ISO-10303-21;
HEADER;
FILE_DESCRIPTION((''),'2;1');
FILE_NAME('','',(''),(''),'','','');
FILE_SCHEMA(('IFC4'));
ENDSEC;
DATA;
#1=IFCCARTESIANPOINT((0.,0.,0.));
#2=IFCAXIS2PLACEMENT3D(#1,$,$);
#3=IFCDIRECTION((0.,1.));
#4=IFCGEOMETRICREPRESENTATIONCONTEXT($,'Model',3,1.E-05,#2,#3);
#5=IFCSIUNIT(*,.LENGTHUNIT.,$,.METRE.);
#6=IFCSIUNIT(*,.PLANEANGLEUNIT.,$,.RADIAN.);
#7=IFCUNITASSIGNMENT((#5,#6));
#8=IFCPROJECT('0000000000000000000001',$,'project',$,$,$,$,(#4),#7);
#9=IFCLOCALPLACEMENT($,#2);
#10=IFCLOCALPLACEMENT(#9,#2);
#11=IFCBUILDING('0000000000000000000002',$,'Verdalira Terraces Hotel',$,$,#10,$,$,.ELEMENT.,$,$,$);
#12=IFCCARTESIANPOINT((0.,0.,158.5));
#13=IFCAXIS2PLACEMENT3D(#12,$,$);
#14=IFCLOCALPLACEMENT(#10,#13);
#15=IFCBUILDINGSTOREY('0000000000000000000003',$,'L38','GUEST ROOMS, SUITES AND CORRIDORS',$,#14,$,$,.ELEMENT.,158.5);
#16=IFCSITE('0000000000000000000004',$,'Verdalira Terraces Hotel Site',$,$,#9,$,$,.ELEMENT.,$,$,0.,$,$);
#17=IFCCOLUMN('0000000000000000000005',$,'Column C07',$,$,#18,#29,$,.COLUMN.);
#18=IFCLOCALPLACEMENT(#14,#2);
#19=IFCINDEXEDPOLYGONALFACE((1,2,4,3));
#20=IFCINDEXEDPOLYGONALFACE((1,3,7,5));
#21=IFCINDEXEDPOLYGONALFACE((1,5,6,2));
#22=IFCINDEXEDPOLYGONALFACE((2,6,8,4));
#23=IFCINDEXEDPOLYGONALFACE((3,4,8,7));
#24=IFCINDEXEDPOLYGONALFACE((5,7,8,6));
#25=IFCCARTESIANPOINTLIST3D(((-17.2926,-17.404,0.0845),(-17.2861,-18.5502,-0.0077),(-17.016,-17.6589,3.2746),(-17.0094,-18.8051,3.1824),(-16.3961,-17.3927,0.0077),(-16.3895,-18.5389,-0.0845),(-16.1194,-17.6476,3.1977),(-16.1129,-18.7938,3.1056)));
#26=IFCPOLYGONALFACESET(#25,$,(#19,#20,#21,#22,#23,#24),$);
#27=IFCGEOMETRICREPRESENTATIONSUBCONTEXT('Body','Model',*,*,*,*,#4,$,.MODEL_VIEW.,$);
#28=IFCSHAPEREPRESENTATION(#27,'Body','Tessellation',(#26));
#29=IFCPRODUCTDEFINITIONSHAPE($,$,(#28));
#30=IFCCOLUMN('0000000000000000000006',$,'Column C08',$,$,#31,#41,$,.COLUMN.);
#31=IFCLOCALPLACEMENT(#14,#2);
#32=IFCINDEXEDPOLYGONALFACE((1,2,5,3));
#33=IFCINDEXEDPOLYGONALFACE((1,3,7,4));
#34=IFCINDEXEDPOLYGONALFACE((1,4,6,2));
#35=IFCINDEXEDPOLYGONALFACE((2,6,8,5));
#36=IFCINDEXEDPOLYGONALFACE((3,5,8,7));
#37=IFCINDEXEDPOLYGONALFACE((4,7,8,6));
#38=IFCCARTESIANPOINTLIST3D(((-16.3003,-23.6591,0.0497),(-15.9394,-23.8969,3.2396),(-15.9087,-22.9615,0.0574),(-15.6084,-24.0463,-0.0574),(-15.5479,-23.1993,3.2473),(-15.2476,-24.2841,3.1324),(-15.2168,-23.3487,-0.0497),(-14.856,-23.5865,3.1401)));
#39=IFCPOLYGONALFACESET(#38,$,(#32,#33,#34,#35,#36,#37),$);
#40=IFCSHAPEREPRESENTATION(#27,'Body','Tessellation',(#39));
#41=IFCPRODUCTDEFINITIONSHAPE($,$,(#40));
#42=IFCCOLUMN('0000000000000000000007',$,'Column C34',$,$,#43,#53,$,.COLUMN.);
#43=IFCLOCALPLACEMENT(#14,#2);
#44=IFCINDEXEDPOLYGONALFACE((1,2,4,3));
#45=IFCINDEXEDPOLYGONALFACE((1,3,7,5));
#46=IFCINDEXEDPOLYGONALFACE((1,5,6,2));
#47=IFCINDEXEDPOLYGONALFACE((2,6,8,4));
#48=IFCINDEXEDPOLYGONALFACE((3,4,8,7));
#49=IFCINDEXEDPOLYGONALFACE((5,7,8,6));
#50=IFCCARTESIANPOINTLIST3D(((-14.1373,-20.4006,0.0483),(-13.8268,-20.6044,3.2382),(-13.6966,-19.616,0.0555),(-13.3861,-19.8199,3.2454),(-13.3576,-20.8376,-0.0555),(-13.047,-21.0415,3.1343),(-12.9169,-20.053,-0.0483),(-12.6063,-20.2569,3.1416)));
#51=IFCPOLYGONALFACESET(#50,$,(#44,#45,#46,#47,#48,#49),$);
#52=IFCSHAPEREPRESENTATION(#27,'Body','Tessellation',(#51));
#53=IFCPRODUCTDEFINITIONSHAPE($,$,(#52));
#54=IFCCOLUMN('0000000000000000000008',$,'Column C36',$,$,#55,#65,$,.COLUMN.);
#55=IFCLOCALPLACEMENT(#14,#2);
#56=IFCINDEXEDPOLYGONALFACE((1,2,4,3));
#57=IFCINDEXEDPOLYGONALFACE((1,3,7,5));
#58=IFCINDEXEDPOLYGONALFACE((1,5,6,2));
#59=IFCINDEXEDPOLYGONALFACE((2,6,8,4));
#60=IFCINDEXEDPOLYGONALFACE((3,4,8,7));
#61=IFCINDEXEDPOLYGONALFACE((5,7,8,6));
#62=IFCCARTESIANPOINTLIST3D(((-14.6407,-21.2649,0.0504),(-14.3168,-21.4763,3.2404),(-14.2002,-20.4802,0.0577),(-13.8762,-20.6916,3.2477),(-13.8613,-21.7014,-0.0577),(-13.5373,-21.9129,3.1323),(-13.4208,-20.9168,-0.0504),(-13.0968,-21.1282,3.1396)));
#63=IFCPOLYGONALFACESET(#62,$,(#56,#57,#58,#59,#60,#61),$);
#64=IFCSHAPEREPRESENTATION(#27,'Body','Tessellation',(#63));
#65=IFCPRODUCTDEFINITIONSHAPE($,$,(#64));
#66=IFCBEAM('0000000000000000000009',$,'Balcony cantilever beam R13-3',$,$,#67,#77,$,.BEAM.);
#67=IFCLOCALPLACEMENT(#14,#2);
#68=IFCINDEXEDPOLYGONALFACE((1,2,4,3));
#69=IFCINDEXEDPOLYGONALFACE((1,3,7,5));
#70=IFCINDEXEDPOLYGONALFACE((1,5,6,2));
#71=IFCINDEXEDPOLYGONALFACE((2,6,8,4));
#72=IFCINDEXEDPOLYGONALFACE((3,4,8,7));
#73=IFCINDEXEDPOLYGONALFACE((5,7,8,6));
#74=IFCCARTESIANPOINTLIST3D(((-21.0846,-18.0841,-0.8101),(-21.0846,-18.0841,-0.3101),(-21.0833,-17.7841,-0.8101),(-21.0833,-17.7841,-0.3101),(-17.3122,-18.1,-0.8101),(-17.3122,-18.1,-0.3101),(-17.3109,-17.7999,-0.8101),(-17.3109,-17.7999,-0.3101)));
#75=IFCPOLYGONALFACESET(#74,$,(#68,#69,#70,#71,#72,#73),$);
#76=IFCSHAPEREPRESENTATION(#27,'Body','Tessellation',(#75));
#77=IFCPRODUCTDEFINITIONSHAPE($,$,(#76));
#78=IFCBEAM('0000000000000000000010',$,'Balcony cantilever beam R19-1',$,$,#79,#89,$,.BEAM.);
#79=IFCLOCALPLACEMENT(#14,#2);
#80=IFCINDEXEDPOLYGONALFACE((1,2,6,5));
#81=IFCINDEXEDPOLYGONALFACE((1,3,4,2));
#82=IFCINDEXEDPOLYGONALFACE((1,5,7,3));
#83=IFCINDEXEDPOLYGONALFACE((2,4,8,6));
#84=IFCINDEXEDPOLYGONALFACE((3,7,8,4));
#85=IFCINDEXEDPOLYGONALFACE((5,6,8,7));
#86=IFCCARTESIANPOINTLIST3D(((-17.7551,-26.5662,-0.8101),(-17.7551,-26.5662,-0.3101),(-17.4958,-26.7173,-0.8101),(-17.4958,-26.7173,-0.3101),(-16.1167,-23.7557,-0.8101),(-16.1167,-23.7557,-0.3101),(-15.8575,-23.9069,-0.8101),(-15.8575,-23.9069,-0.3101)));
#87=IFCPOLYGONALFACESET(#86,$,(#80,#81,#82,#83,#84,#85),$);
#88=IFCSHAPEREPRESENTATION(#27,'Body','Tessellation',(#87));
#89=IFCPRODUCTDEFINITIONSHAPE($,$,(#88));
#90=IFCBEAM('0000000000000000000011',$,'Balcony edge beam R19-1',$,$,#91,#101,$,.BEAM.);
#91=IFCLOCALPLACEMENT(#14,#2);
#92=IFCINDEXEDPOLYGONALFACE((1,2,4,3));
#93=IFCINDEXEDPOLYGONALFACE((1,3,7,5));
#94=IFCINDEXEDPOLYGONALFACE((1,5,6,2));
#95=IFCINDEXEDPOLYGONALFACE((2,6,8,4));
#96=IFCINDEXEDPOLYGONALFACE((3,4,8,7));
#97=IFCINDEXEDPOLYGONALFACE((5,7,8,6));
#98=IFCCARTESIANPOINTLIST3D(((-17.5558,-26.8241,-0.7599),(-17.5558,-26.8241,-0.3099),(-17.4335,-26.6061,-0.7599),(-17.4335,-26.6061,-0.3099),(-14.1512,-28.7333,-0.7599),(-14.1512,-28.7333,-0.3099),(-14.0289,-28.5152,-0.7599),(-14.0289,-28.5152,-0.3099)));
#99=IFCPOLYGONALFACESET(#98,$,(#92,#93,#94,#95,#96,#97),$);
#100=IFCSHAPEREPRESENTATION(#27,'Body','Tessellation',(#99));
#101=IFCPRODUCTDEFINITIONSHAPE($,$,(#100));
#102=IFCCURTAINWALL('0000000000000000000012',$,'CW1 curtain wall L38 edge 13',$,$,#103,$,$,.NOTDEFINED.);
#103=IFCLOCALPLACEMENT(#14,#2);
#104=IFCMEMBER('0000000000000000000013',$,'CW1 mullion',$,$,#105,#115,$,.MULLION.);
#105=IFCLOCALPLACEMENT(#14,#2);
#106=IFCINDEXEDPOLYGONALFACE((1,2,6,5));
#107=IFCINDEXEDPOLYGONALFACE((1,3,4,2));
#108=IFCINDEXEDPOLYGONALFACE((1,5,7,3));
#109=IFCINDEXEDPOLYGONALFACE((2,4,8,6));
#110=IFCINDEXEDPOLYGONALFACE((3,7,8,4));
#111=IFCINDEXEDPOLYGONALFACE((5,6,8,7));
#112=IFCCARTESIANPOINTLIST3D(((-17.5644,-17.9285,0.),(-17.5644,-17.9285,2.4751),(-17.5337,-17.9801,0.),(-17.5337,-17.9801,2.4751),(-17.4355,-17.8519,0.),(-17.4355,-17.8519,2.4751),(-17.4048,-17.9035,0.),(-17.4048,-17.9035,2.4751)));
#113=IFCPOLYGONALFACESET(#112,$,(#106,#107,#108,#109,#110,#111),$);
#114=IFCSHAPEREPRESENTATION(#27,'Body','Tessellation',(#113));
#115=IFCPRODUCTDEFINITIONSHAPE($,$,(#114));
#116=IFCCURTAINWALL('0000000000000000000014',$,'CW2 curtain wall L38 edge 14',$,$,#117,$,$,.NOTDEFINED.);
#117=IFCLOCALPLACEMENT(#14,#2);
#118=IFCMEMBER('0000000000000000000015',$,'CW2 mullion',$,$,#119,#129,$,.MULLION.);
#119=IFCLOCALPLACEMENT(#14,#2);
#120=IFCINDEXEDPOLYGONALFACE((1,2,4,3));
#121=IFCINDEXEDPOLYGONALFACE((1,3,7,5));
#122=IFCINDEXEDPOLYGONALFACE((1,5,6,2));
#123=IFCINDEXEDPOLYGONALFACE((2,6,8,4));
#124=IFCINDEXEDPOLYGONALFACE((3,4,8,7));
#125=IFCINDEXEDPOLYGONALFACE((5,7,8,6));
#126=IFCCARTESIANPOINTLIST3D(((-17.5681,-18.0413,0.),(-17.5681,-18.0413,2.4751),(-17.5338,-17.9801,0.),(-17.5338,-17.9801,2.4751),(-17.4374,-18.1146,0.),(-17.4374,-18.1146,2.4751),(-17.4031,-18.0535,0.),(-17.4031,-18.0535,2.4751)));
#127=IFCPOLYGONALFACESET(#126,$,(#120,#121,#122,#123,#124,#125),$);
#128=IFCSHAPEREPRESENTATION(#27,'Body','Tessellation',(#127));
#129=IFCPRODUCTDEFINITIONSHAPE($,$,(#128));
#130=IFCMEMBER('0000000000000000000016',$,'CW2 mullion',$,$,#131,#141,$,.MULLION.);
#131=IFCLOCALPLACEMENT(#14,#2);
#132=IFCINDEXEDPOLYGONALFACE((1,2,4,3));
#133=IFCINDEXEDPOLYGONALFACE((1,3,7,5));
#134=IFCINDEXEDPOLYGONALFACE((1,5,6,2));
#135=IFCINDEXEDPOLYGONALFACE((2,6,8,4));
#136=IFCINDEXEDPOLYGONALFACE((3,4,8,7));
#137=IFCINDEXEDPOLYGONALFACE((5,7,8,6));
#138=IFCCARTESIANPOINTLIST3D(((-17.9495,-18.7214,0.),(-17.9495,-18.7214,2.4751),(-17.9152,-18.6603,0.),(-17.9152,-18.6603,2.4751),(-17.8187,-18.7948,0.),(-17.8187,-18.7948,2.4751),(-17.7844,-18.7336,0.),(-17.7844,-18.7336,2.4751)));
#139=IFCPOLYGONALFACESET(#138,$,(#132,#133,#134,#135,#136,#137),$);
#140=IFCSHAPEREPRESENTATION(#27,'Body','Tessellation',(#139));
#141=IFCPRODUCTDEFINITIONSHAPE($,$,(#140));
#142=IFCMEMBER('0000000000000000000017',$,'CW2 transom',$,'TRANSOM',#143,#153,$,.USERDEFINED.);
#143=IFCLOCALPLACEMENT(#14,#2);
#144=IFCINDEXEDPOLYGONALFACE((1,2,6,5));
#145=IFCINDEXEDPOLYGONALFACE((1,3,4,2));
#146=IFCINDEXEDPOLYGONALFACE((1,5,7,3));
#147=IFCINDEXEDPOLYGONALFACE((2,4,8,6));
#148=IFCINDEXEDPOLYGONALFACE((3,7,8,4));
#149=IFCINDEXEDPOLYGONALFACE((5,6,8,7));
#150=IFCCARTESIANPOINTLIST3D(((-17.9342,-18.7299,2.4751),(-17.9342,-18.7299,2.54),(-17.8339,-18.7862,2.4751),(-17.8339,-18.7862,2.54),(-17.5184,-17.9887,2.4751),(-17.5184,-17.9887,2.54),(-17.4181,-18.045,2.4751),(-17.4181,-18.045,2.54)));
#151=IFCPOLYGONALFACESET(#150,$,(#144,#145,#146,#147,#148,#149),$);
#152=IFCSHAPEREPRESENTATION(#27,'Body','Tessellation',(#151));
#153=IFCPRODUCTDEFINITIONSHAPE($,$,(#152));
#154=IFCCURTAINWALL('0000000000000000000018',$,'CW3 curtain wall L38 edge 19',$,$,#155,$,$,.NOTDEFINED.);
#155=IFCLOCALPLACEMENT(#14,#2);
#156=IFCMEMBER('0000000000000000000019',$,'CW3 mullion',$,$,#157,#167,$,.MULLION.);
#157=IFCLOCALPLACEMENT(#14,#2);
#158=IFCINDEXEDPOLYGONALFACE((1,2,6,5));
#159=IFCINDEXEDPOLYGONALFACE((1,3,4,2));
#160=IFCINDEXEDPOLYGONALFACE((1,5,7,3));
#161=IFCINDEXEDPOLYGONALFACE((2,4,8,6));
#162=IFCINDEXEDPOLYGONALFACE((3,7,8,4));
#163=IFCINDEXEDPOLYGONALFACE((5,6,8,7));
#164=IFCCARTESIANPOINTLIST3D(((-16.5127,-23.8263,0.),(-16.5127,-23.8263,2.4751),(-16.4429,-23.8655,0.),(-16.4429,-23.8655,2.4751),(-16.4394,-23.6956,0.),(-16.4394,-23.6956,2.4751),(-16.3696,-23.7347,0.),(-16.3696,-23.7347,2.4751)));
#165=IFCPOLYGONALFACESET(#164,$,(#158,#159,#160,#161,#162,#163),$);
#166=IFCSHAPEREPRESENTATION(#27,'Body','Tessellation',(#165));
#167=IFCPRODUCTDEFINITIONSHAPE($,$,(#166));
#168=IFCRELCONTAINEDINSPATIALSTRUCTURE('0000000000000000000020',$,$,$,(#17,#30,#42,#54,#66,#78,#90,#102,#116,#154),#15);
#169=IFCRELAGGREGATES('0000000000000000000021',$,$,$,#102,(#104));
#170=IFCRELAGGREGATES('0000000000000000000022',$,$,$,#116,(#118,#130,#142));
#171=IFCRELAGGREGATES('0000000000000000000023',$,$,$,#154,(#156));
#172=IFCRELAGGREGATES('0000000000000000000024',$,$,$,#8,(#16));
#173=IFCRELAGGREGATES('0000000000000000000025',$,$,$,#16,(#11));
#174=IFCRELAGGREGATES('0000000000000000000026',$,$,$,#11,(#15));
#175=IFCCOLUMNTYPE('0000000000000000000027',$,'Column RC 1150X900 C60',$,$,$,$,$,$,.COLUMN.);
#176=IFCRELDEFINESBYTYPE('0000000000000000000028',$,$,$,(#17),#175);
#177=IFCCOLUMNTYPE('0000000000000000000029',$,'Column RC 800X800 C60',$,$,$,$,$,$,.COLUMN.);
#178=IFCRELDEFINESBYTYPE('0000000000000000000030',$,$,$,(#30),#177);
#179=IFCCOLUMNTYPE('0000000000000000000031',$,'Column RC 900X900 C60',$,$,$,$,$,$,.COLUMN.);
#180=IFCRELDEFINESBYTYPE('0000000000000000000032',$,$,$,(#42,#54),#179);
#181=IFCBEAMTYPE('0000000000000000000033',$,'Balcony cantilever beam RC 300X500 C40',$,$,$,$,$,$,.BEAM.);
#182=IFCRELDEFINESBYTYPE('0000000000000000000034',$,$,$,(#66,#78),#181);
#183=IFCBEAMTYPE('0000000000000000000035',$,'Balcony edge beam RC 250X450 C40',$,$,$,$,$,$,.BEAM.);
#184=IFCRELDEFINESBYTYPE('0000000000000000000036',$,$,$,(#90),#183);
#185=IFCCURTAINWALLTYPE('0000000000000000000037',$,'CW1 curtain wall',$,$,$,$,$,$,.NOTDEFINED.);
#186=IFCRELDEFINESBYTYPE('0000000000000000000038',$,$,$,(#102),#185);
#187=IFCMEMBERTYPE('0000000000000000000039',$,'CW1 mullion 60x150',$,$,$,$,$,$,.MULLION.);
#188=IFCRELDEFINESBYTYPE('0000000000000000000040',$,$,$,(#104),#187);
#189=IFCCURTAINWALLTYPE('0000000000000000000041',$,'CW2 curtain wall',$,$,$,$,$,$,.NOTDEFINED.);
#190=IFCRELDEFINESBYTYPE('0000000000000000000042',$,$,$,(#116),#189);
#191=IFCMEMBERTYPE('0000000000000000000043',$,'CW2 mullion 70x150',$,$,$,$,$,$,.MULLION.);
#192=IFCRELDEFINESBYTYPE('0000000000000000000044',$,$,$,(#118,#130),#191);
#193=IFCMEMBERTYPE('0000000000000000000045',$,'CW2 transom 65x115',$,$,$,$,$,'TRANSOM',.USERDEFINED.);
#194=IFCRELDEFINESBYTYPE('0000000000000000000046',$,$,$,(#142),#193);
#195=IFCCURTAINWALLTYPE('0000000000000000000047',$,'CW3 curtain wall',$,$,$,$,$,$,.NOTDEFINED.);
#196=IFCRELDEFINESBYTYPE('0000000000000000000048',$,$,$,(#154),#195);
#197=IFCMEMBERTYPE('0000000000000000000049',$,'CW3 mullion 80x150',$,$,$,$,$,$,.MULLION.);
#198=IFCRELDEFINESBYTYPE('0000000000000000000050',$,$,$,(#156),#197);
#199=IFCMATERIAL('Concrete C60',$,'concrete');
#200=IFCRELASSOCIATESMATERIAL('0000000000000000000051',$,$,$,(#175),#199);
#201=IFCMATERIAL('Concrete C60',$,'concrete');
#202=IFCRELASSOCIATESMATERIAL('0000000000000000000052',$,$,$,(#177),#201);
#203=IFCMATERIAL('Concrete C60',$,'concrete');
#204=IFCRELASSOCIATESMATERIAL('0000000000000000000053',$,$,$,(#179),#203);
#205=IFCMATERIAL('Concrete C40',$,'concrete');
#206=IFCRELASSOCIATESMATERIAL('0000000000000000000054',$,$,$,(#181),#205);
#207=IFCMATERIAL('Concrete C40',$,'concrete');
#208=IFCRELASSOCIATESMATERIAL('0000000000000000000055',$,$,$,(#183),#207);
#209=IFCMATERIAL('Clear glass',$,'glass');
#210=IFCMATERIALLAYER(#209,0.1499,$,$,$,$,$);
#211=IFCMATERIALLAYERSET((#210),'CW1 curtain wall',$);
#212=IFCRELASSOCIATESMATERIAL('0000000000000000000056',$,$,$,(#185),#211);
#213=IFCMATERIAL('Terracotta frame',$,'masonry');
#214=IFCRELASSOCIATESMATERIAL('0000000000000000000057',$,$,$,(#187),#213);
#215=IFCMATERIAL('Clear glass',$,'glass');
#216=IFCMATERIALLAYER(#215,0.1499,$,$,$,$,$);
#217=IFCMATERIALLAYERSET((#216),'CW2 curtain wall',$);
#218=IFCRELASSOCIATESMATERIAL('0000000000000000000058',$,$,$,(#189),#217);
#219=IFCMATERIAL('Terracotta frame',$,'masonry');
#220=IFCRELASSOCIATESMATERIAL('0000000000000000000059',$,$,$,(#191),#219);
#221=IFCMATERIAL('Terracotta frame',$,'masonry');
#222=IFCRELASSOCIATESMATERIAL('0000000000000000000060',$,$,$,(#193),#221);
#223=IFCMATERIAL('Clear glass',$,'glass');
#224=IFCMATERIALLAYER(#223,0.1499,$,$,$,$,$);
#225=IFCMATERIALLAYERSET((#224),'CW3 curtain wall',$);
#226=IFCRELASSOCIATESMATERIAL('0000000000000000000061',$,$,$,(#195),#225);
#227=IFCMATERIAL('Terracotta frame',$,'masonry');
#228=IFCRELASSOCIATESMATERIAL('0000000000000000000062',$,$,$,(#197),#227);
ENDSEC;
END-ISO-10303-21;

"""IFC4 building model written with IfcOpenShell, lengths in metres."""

from ifc_helpers import new_model, si_unit, direction, frame, origin, origin_2d, place, context, subcontext, project, spatial, rectangle, extrude, material, layer, layer_set, material_profile, profile_set, type_object, element, aggregate, save


model = new_model("IFC4")

# Units and contexts
model_context = context("Model", 3, precision=1e-05, world=origin(), true_north=direction((0.0, 1.0)))
body_context = subcontext(model_context, "Body", "Model", "MODEL_VIEW")
ifc_project = project(units=[si_unit("LENGTHUNIT", "METRE"), si_unit("PLANEANGLEUNIT", "RADIAN")], contexts=[model_context])

# Site, building, storey
site_placement = place(None, origin())
site = spatial("IfcSite", under=ifc_project, at=site_placement, Name="Verdalira Terraces Hotel Site", CompositionType="ELEMENT", RefElevation=0.0)
building_placement = place(site_placement, origin())
building = spatial("IfcBuilding", under=site, at=building_placement, Name="Verdalira Terraces Hotel", CompositionType="ELEMENT")
storey_placement = place(building_placement, frame((0.0, 0.0, 158.5)))
storey = spatial("IfcBuildingStorey", under=building, at=storey_placement, Name="L38", Description="GUEST ROOMS, SUITES AND CORRIDORS", CompositionType="ELEMENT", Elevation=158.5)

# Columns
ifc_material_1 = material(Name="Concrete C60", Category="concrete")
ifc_material_profile_1 = material_profile(ifc_material_1, rectangle(XDim=1.1499, YDim=0.8999, at=origin_2d()), Name="RC 1150X900")
ifc_profile_set_1 = profile_set([ifc_material_profile_1], Name="Concrete C60")
column_type_1 = type_object("IfcColumnType", Name="Column RC 1150X900 C60", PredefinedType="COLUMN", material=ifc_profile_set_1)
column_1_placement = place(storey_placement, frame((-16.8411, -17.9714, 0.0), z_axis=(0.086117, -0.079352, 0.99312), x_axis=(-0.005682, 0.996768, 0.080136)))
element("IfcColumn", 1, at=column_1_placement, inside=storey, type_object=column_type_1, Name="Column C07", PredefinedType="COLUMN", context=body_context, shape_type="SweptSolid", body=[
    extrude(rectangle(XDim=1.1499, YDim=0.8999, at=origin_2d()), origin(), (0.0, 0.0, 1.0), 3.2122),
])
ifc_material_2 = material(Name="Concrete C60", Category="concrete")
ifc_material_profile_2 = material_profile(ifc_material_2, rectangle(XDim=0.8, YDim=0.8, at=origin_2d()), Name="RC 800X800")
ifc_profile_set_2 = profile_set([ifc_material_profile_2], Name="Concrete C60")
column_type_2 = type_object("IfcColumnType", Name="Column RC 800X800 C60", PredefinedType="COLUMN", material=ifc_profile_set_2)
column_2_placement = place(storey_placement, frame((-15.7585, -23.5039, 0.0), z_axis=(0.112094, -0.07387, 0.990948), x_axis=(0.86481, -0.483916, -0.133899)))
element("IfcColumn", 2, at=column_2_placement, inside=storey, type_object=column_type_2, Name="Column C08", PredefinedType="COLUMN", context=body_context, shape_type="SweptSolid", body=[
    extrude(rectangle(XDim=0.8, YDim=0.8, at=origin_2d()), origin(), (0.0, 0.0, 1.0), 3.219),
])
ifc_material_3 = material(Name="Concrete C60", Category="concrete")
ifc_material_profile_3 = material_profile(ifc_material_3, rectangle(XDim=0.8999, YDim=0.8999, at=origin_2d()), Name="RC 900X900")
ifc_profile_set_3 = profile_set([ifc_material_profile_3], Name="Concrete C60")
column_type_3 = type_object("IfcColumnType", Name="Column RC 900X900 C60", PredefinedType="COLUMN", material=ifc_profile_set_3)
column_3_placement = place(storey_placement, frame((-13.5271, -20.2268, 0.0), z_axis=(0.096698, -0.063477, 0.993287), x_axis=(-0.489713, -0.871847, -0.008042)))
element("IfcColumn", 3, at=column_3_placement, inside=storey, type_object=column_type_3, Name="Column C34", PredefinedType="COLUMN", context=body_context, shape_type="SweptSolid", body=[
    extrude(rectangle(XDim=0.8999, YDim=0.8999, at=origin_2d()), origin(), (0.0, 0.0, 1.0), 3.2114),
])
column_4_placement = place(storey_placement, frame((-14.0308, -21.0908, 0.0), z_axis=(0.100823, -0.065797, 0.992726), x_axis=(-0.489523, -0.871953, -0.008076)))
element("IfcColumn", 4, at=column_4_placement, inside=storey, type_object=column_type_3, Name="Column C36", PredefinedType="COLUMN", context=body_context, shape_type="SweptSolid", body=[
    extrude(rectangle(XDim=0.8999, YDim=0.8999, at=origin_2d()), origin(), (0.0, 0.0, 1.0), 3.2134),
])

# Beams
ifc_material_4 = material(Name="Concrete C40", Category="concrete")
ifc_material_profile_4 = material_profile(ifc_material_4, rectangle(XDim=0.3, YDim=0.5, at=origin_2d()), Name="RC 300X500")
ifc_profile_set_4 = profile_set([ifc_material_profile_4], Name="Concrete C40")
beam_type_1 = type_object("IfcBeamType", Name="Balcony cantilever beam RC 300X500 C40", PredefinedType="BEAM", material=ifc_profile_set_4)
beam_1_placement = place(storey_placement, frame((-17.3115, -17.95, -0.5601), z_axis=(-0.999991, 0.004207, 0.0), x_axis=(-0.004207, -0.999991, 0.0)))
element("IfcBeam", 5, at=beam_1_placement, inside=storey, type_object=beam_type_1, Name="Balcony cantilever beam R13-3", PredefinedType="BEAM", context=body_context, shape_type="SweptSolid", body=[
    extrude(rectangle(XDim=0.3, YDim=0.5, at=origin_2d()), origin(), (0.0, 0.0, 1.0), 3.7725),
])
beam_2_placement = place(storey_placement, frame((-15.9871, -23.8313, -0.5601), z_axis=(-0.503628, -0.86392, 0.0), x_axis=(0.86392, -0.503628, 0.0)))
element("IfcBeam", 6, at=beam_2_placement, inside=storey, type_object=beam_type_1, Name="Balcony cantilever beam R19-1", PredefinedType="BEAM", context=body_context, shape_type="SweptSolid", body=[
    extrude(rectangle(XDim=0.3, YDim=0.5, at=origin_2d()), origin(), (0.0, 0.0, 1.0), 3.2532),
])
ifc_material_5 = material(Name="Concrete C40", Category="concrete")
ifc_material_profile_5 = material_profile(ifc_material_5, rectangle(XDim=0.25, YDim=0.45, at=origin_2d()), Name="RC 250X450")
ifc_profile_set_5 = profile_set([ifc_material_profile_5], Name="Concrete C40")
beam_type_2 = type_object("IfcBeamType", Name="Balcony edge beam RC 250X450 C40", PredefinedType="BEAM", material=ifc_profile_set_5)
beam_3_placement = place(storey_placement, frame((-17.4946, -26.7151, -0.5349), z_axis=(0.872218, -0.489118, 0.0), x_axis=(0.489118, 0.872218, 0.0)))
element("IfcBeam", 7, at=beam_3_placement, inside=storey, type_object=beam_type_2, Name="Balcony edge beam R19-1", PredefinedType="BEAM", context=body_context, shape_type="SweptSolid", body=[
    extrude(rectangle(XDim=0.25, YDim=0.45, at=origin_2d()), origin(), (0.0, 0.0, 1.0), 3.9033),
])

# Curtain wall, member
ifc_material_6 = material(Name="Clear glass", Category="glass")
ifc_layer_1 = layer(ifc_material_6, 0.1499)
ifc_layer_set_1 = layer_set([ifc_layer_1], Name="CW1 curtain wall")
curtain_wall_type_1 = type_object("IfcCurtainWallType", Name="CW1 curtain wall", PredefinedType="NOTDEFINED", material=ifc_layer_set_1)
curtain_wall_1_placement = place(storey_placement, origin())
curtain_wall_1 = element("IfcCurtainWall", 8, at=curtain_wall_1_placement, inside=storey, type_object=curtain_wall_type_1, Name="CW1 curtain wall L38 edge 13", PredefinedType="NOTDEFINED")
ifc_material_7 = material(Name="Terracotta frame", Category="masonry")
ifc_material_profile_6 = material_profile(ifc_material_7, rectangle(XDim=0.0601, YDim=0.1499, at=origin_2d()), Name="MU 60x150")
ifc_profile_set_6 = profile_set([ifc_material_profile_6], Name="Terracotta frame")
member_type_1 = type_object("IfcMemberType", Name="CW1 mullion 60x150", PredefinedType="MULLION", material=ifc_profile_set_6)
member_1_placement = place(storey_placement, frame((-17.4846, -17.916, 0.0), z_axis=(0.0, 0.0, 1.0), x_axis=(0.510843, -0.859674, 0.0)))
member_1 = element("IfcMember", 9, at=member_1_placement, type_object=member_type_1, Name="CW1 mullion", PredefinedType="MULLION", context=body_context, shape_type="SweptSolid", body=[
    extrude(rectangle(XDim=0.0601, YDim=0.1499, at=origin_2d()), origin(), (0.0, 0.0, 1.0), 2.4751),
])
aggregate(curtain_wall_1, [member_1])

# Curtain walls, members
ifc_material_8 = material(Name="Clear glass", Category="glass")
ifc_layer_2 = layer(ifc_material_8, 0.1499)
ifc_layer_set_2 = layer_set([ifc_layer_2], Name="CW2 curtain wall")
curtain_wall_type_2 = type_object("IfcCurtainWallType", Name="CW2 curtain wall", PredefinedType="NOTDEFINED", material=ifc_layer_set_2)
curtain_wall_2_placement = place(storey_placement, origin())
curtain_wall_2 = element("IfcCurtainWall", 10, at=curtain_wall_2_placement, inside=storey, type_object=curtain_wall_type_2, Name="CW2 curtain wall L38 edge 14", PredefinedType="NOTDEFINED")
ifc_material_9 = material(Name="Terracotta frame", Category="masonry")
ifc_material_profile_7 = material_profile(ifc_material_9, rectangle(XDim=0.0701, YDim=0.1499, at=origin_2d()), Name="MU 70x150")
ifc_profile_set_7 = profile_set([ifc_material_profile_7], Name="Terracotta frame")
member_type_2 = type_object("IfcMemberType", Name="CW2 mullion 70x150", PredefinedType="MULLION", material=ifc_profile_set_7)
member_2_placement = place(storey_placement, frame((-17.4856, -18.0474, 0.0), z_axis=(0.0, 0.0, 1.0), x_axis=(-0.489078, -0.87224, 0.0)))
member_2 = element("IfcMember", 11, at=member_2_placement, type_object=member_type_2, Name="CW2 mullion", PredefinedType="MULLION", context=body_context, shape_type="SweptSolid", body=[
    extrude(rectangle(XDim=0.0701, YDim=0.1499, at=origin_2d()), origin(), (0.0, 0.0, 1.0), 2.4751),
])
member_3_placement = place(storey_placement, frame((-17.8669, -18.7275, 0.0), z_axis=(0.0, 0.0, 1.0), x_axis=(-0.489078, -0.87224, 0.0)))
member_3 = element("IfcMember", 12, at=member_3_placement, type_object=member_type_2, Name="CW2 mullion", PredefinedType="MULLION", context=body_context, shape_type="SweptSolid", body=[
    extrude(rectangle(XDim=0.0701, YDim=0.1499, at=origin_2d()), origin(), (0.0, 0.0, 1.0), 2.4751),
])
ifc_material_10 = material(Name="Terracotta frame", Category="masonry")
ifc_material_profile_8 = material_profile(ifc_material_10, rectangle(XDim=0.115, YDim=0.0649, at=origin_2d()), Name="TR 65x115")
ifc_profile_set_8 = profile_set([ifc_material_profile_8], Name="Terracotta frame")
member_type_3 = type_object("IfcMemberType", Name="CW2 transom 65x115", ElementType="TRANSOM", PredefinedType="USERDEFINED", material=ifc_profile_set_8)
member_4_placement = place(storey_placement, frame((-17.4683, -18.0168, 2.5076), z_axis=(-0.489224, -0.872158, 0.0), x_axis=(0.872158, -0.489224, 0.0)))
member_4 = element("IfcMember", 13, at=member_4_placement, type_object=member_type_3, Name="CW2 transom", ObjectType="TRANSOM", PredefinedType="USERDEFINED", context=body_context, shape_type="SweptSolid", body=[
    extrude(rectangle(XDim=0.115, YDim=0.0649, at=origin_2d()), origin(), (0.0, 0.0, 1.0), 0.8499),
])
ifc_material_11 = material(Name="Clear glass", Category="glass")
ifc_layer_3 = layer(ifc_material_11, 0.1499)
ifc_layer_set_3 = layer_set([ifc_layer_3], Name="CW3 curtain wall")
curtain_wall_type_3 = type_object("IfcCurtainWallType", Name="CW3 curtain wall", PredefinedType="NOTDEFINED", material=ifc_layer_set_3)
curtain_wall_3_placement = place(storey_placement, origin())
curtain_wall_3 = element("IfcCurtainWall", 14, at=curtain_wall_3_placement, inside=storey, type_object=curtain_wall_type_3, Name="CW3 curtain wall L38 edge 19", PredefinedType="NOTDEFINED")
ifc_material_12 = material(Name="Terracotta frame", Category="masonry")
ifc_material_profile_9 = material_profile(ifc_material_12, rectangle(XDim=0.0801, YDim=0.1499, at=origin_2d()), Name="MU 80x150")
ifc_profile_set_9 = profile_set([ifc_material_profile_9], Name="Terracotta frame")
member_type_4 = type_object("IfcMemberType", Name="CW3 mullion 80x150", PredefinedType="MULLION", material=ifc_profile_set_9)
member_5_placement = place(storey_placement, frame((-16.4412, -23.7805, 0.0), z_axis=(0.0, 0.0, 1.0), x_axis=(0.87224, -0.489078, 0.0)))
member_5 = element("IfcMember", 15, at=member_5_placement, type_object=member_type_4, Name="CW3 mullion", PredefinedType="MULLION", context=body_context, shape_type="SweptSolid", body=[
    extrude(rectangle(XDim=0.0801, YDim=0.1499, at=origin_2d()), origin(), (0.0, 0.0, 1.0), 2.4751),
])

aggregate(curtain_wall_2, [member_2, member_3, member_4])
aggregate(curtain_wall_3, [member_5])

save(model, "model.ifc")
